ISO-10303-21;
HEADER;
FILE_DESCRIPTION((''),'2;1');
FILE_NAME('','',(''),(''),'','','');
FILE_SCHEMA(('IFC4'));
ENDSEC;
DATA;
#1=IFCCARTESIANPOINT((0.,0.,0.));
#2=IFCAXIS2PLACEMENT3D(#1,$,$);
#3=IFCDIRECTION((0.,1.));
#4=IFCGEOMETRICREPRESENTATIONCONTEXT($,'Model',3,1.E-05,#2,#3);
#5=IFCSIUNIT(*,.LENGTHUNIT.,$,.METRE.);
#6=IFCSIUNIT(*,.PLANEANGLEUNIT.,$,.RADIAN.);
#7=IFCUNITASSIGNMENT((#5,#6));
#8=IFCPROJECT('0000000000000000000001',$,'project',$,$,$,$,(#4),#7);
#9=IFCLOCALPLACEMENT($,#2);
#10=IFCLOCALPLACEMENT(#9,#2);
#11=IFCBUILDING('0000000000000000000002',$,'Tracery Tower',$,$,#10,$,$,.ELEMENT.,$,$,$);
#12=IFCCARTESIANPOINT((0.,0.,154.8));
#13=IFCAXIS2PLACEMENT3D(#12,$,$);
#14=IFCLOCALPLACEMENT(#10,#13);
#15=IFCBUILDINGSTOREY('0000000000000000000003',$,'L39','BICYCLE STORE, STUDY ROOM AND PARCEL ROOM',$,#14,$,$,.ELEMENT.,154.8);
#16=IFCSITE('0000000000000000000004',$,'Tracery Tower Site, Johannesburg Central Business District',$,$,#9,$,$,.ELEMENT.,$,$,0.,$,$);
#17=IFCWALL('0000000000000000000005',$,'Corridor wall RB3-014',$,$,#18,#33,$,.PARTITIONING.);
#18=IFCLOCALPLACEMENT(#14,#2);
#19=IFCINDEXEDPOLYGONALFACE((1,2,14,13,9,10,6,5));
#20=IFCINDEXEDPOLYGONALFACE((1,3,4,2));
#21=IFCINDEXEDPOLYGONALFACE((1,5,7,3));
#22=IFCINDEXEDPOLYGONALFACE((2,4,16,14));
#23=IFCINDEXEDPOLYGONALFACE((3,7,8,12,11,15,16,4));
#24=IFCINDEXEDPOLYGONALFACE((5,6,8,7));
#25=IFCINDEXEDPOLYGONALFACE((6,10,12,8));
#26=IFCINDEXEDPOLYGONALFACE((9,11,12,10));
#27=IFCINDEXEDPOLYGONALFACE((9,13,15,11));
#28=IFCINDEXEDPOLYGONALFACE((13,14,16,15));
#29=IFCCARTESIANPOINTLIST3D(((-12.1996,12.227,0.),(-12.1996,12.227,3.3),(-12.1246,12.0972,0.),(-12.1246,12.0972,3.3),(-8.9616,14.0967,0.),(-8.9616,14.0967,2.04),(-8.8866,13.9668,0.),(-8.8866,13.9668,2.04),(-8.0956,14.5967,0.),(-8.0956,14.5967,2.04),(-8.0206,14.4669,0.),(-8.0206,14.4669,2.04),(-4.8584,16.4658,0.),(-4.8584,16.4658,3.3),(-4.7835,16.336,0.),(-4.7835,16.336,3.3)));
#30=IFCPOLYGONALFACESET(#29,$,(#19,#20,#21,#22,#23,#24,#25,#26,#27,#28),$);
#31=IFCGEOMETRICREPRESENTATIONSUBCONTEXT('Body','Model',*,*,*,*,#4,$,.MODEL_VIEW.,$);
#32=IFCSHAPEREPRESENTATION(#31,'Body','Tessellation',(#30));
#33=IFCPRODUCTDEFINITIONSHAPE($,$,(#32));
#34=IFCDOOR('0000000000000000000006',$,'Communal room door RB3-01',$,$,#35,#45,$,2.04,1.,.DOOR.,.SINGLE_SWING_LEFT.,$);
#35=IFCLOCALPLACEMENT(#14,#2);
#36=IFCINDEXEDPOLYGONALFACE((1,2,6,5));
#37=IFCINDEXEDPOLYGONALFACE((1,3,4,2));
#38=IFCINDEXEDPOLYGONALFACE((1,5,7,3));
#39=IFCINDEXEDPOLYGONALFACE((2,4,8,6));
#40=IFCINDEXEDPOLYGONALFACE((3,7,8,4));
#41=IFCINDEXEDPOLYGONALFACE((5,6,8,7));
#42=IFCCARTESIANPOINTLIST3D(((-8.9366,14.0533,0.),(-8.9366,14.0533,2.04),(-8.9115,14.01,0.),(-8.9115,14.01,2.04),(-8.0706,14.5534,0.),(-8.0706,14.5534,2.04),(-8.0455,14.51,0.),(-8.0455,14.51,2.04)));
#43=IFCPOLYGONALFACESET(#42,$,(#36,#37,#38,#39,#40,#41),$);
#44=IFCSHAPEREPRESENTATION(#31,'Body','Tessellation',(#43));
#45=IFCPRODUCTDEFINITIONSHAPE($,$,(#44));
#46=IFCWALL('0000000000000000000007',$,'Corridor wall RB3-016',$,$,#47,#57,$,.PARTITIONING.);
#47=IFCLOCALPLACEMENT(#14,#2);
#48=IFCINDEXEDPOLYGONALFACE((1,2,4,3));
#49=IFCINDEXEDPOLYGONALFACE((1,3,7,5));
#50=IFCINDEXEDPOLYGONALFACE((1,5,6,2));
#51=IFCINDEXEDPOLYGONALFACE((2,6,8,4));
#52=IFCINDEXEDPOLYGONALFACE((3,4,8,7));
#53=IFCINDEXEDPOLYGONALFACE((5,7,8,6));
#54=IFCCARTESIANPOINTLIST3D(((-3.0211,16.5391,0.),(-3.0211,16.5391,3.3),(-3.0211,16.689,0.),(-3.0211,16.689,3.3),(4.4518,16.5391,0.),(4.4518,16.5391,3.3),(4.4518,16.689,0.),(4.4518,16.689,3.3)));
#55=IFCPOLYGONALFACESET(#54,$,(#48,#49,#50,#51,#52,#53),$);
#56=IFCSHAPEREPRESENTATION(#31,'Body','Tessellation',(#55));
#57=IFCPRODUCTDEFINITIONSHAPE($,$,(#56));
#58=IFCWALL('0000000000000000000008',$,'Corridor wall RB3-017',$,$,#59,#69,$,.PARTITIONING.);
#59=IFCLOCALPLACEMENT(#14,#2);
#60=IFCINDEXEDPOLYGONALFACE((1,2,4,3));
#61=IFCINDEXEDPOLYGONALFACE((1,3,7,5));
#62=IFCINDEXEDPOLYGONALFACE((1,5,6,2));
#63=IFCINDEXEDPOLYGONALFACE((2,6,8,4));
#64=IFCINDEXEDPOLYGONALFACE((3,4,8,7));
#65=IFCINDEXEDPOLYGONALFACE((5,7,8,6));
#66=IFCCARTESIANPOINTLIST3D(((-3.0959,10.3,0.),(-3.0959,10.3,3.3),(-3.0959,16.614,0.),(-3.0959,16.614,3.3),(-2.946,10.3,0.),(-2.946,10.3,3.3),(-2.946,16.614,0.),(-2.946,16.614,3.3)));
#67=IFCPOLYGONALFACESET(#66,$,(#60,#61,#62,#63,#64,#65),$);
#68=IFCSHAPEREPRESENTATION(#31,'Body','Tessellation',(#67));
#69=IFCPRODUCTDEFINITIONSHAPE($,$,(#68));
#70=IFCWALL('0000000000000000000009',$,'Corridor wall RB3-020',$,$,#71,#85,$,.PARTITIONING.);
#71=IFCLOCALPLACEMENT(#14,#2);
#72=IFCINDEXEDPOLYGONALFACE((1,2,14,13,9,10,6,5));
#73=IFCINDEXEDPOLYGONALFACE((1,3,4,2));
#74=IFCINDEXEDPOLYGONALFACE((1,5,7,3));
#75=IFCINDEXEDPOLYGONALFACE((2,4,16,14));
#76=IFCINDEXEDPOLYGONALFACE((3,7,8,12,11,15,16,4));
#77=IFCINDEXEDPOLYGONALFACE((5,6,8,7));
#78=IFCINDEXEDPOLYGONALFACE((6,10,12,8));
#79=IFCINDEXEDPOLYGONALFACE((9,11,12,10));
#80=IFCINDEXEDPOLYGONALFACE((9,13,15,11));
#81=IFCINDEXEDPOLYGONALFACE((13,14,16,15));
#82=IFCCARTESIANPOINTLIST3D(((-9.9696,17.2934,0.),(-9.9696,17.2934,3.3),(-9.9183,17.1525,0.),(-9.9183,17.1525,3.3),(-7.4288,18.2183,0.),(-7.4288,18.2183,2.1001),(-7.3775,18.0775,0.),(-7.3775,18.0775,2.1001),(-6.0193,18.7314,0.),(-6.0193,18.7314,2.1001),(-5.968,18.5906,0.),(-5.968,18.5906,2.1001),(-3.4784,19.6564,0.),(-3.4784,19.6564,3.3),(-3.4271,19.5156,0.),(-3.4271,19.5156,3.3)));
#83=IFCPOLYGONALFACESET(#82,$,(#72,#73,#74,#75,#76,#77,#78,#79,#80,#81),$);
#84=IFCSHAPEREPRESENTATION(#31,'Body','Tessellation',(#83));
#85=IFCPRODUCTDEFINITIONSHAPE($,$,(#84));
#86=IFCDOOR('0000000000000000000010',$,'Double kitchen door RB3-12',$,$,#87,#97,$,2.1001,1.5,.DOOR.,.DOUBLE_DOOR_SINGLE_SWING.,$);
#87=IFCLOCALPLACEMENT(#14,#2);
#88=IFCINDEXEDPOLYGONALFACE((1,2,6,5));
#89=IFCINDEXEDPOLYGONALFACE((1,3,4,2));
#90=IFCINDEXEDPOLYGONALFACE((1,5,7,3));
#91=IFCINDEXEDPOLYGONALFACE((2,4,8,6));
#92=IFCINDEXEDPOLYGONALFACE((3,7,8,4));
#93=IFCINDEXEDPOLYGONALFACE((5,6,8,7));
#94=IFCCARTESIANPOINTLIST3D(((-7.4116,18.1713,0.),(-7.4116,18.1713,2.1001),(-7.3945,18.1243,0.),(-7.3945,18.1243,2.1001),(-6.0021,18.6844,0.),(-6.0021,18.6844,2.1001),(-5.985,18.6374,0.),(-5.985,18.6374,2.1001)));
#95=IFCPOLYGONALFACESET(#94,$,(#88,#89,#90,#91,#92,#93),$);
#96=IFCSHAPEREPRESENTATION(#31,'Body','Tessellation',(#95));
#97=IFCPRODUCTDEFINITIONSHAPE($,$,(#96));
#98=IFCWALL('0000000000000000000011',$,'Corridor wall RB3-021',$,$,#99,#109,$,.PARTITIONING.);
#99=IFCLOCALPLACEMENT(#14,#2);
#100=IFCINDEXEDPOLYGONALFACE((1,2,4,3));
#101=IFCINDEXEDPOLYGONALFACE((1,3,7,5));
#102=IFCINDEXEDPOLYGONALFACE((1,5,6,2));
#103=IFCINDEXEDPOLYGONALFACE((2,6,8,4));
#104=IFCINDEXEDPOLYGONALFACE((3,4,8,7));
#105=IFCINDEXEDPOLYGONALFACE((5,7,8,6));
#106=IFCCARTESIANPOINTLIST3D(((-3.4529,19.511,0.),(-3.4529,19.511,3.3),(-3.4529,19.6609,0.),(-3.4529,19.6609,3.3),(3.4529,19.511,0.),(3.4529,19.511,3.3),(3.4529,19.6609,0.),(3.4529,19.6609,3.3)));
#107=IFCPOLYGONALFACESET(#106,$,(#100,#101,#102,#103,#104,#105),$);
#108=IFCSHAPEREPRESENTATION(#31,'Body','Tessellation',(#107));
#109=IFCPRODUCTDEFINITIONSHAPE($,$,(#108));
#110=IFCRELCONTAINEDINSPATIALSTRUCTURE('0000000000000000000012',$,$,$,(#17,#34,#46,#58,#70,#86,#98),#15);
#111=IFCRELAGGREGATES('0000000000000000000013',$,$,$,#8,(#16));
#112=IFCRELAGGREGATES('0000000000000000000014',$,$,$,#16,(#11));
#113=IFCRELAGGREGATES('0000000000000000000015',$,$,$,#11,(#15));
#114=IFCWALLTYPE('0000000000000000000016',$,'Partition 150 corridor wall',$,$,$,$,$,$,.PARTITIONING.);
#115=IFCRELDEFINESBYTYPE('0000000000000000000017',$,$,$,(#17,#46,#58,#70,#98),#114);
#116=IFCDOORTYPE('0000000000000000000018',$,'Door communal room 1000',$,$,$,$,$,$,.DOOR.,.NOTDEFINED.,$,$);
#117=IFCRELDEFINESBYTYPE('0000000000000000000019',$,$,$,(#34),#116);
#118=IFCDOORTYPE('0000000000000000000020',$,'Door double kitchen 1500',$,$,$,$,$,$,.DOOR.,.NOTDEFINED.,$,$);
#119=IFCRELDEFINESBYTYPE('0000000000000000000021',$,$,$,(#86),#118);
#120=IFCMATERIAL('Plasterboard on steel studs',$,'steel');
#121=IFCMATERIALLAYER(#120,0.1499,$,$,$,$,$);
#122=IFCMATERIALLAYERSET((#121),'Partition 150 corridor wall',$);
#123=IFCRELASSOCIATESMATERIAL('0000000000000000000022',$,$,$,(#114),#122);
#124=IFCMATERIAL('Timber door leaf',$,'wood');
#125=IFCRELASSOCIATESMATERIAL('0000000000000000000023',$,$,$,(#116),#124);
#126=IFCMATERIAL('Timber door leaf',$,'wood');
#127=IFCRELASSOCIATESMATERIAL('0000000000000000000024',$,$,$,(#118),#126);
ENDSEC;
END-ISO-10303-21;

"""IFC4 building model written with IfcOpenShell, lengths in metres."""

from ifc_helpers import new_model, si_unit, direction, frame, frame_2d, origin, place, context, subcontext, project, spatial, rectangle, extrude, material, layer, layer_set, type_object, element, fill, save


model = new_model("IFC4")

# Units and contexts
model_context = context("Model", 3, precision=1e-05, world=origin(), true_north=direction((0.0, 1.0)))
body_context = subcontext(model_context, "Body", "Model", "MODEL_VIEW")
ifc_project = project(units=[si_unit("LENGTHUNIT", "METRE"), si_unit("PLANEANGLEUNIT", "RADIAN")], contexts=[model_context])

# Site, building, storey
site_placement = place(None, origin())
site = spatial("IfcSite", under=ifc_project, at=site_placement, Name="Tracery Tower Site, Johannesburg Central Business District", CompositionType="ELEMENT", RefElevation=0.0)
building_placement = place(site_placement, origin())
building = spatial("IfcBuilding", under=site, at=building_placement, Name="Tracery Tower", CompositionType="ELEMENT")
storey_placement = place(building_placement, frame((0.0, 0.0, 154.8)))
storey = spatial("IfcBuildingStorey", under=building, at=storey_placement, Name="L39", Description="BICYCLE STORE, STUDY ROOM AND PARCEL ROOM", CompositionType="ELEMENT", Elevation=154.8)

# Shared definitions
ifc_material_1 = material(Name="Plasterboard on steel studs", Category="steel")
ifc_layer_1 = layer(ifc_material_1, 0.1499)
ifc_layer_set_1 = layer_set([ifc_layer_1], Name="Partition 150 corridor wall")
wall_type_1 = type_object("IfcWallType", Name="Partition 150 corridor wall", PredefinedType="PARTITIONING", material=ifc_layer_set_1)

# Wall, opening, door
wall_1_placement = place(storey_placement, frame((-12.1621, 12.1621, 0.0), z_axis=(0.0, 0.0, 1.0), x_axis=(0.866005, 0.500036, 0.0)))
wall_1 = element("IfcWall", 1, at=wall_1_placement, inside=storey, type_object=wall_type_1, Name="Corridor wall RB3-014", PredefinedType="PARTITIONING", context=body_context, shape_type="SweptSolid", body=[
    extrude(rectangle(XDim=8.4771, YDim=0.1499, at=frame_2d((4.2385, 0.0))), origin(), (0.0, 0.0, 1.0), 3.3),
])
opening_1_placement = place(wall_1_placement, frame((3.739, 0.0, 0.0)))
opening_1 = element("IfcOpeningElement", 2, at=opening_1_placement, cuts=wall_1, PredefinedType="OPENING", context=body_context, shape_type="SweptSolid", body=[
    extrude(rectangle(XDim=1.0, YDim=2.04, at=frame_2d((0.5, 1.02))), frame((0.0, 0.075, 0.0), z_axis=(0.0, -1.0, 0.0), x_axis=(1.0, 0.0, 0.0)), (0.0, 0.0, 1.0), 0.1499),
])
ifc_material_2 = material(Name="Timber door leaf", Category="wood")
door_type_1 = type_object("IfcDoorType", Name="Door communal room 1000", OperationType="NOTDEFINED", PredefinedType="DOOR", material=ifc_material_2)
door_1_placement = place(opening_1_placement, origin())
door_1 = element("IfcDoor", 3, at=door_1_placement, inside=storey, type_object=door_type_1, Name="Communal room door RB3-01", OperationType="SINGLE_SWING_LEFT", OverallHeight=2.04, OverallWidth=1.0, PredefinedType="DOOR", context=body_context, shape_type="SweptSolid", body=[
    extrude(rectangle(XDim=1.0, YDim=2.04, at=frame_2d((0.5, 1.02))), frame((0.0, 0.0249, 0.0), z_axis=(0.0, -1.0, 0.0), x_axis=(1.0, 0.0, 0.0)), (0.0, 0.0, 1.0), 0.05),
])
fill(opening_1, door_1)

# Walls
wall_2_placement = place(storey_placement, frame((-3.021, 16.614, 0.0), z_axis=(0.0, 0.0, 1.0), x_axis=(1.0, 0.0, 0.0)))
element("IfcWall", 4, at=wall_2_placement, inside=storey, type_object=wall_type_1, Name="Corridor wall RB3-016", PredefinedType="PARTITIONING", context=body_context, shape_type="SweptSolid", body=[
    extrude(rectangle(XDim=7.4729, YDim=0.1499, at=frame_2d((3.7363, 0.0))), origin(), (0.0, 0.0, 1.0), 3.3),
])
wall_3_placement = place(storey_placement, frame((-3.021, 10.3, 0.0), z_axis=(0.0, 0.0, 1.0), x_axis=(0.0, 1.0, 0.0)))
element("IfcWall", 5, at=wall_3_placement, inside=storey, type_object=wall_type_1, Name="Corridor wall RB3-017", PredefinedType="PARTITIONING", context=body_context, shape_type="SweptSolid", body=[
    extrude(rectangle(XDim=6.314, YDim=0.1499, at=frame_2d((3.157, 0.0))), origin(), (0.0, 0.0, 1.0), 3.3),
])

# Wall, opening, door
wall_4_placement = place(storey_placement, frame((-9.9441, 17.2229, 0.0), z_axis=(0.0, 0.0, 1.0), x_axis=(0.939673, 0.342075, 0.0)))
wall_4 = element("IfcWall", 6, at=wall_4_placement, inside=storey, type_object=wall_type_1, Name="Corridor wall RB3-020", PredefinedType="PARTITIONING", context=body_context, shape_type="SweptSolid", body=[
    extrude(rectangle(XDim=6.908, YDim=0.1499, at=frame_2d((3.4541, 0.0))), origin(), (0.0, 0.0, 1.0), 3.3),
])
opening_2_placement = place(wall_4_placement, frame((2.7041, 0.0, 0.0)))
opening_2 = element("IfcOpeningElement", 7, at=opening_2_placement, cuts=wall_4, PredefinedType="OPENING", context=body_context, shape_type="SweptSolid", body=[
    extrude(rectangle(XDim=1.5, YDim=2.1001, at=frame_2d((0.75, 1.05))), frame((0.0, 0.075, 0.0), z_axis=(0.0, -1.0, 0.0), x_axis=(1.0, 0.0, 0.0)), (0.0, 0.0, 1.0), 0.1499),
])
ifc_material_3 = material(Name="Timber door leaf", Category="wood")
door_type_2 = type_object("IfcDoorType", Name="Door double kitchen 1500", OperationType="NOTDEFINED", PredefinedType="DOOR", material=ifc_material_3)
door_2_placement = place(opening_2_placement, origin())
door_2 = element("IfcDoor", 8, at=door_2_placement, inside=storey, type_object=door_type_2, Name="Double kitchen door RB3-12", OperationType="DOUBLE_DOOR_SINGLE_SWING", OverallHeight=2.1001, OverallWidth=1.5, PredefinedType="DOOR", context=body_context, shape_type="SweptSolid", body=[
    extrude(rectangle(XDim=1.5, YDim=2.1001, at=frame_2d((0.75, 1.05))), frame((0.0, 0.0249, 0.0), z_axis=(0.0, -1.0, 0.0), x_axis=(1.0, 0.0, 0.0)), (0.0, 0.0, 1.0), 0.05),
])
fill(opening_2, door_2)

# Wall
wall_5_placement = place(storey_placement, frame((-3.4529, 19.5859, 0.0), z_axis=(0.0, 0.0, 1.0), x_axis=(1.0, 0.0, 0.0)))
element("IfcWall", 9, at=wall_5_placement, inside=storey, type_object=wall_type_1, Name="Corridor wall RB3-021", PredefinedType="PARTITIONING", context=body_context, shape_type="SweptSolid", body=[
    extrude(rectangle(XDim=6.9058, YDim=0.1499, at=frame_2d((3.4529, 0.0))), origin(), (0.0, 0.0, 1.0), 3.3),
])

save(model, "model.ifc")
